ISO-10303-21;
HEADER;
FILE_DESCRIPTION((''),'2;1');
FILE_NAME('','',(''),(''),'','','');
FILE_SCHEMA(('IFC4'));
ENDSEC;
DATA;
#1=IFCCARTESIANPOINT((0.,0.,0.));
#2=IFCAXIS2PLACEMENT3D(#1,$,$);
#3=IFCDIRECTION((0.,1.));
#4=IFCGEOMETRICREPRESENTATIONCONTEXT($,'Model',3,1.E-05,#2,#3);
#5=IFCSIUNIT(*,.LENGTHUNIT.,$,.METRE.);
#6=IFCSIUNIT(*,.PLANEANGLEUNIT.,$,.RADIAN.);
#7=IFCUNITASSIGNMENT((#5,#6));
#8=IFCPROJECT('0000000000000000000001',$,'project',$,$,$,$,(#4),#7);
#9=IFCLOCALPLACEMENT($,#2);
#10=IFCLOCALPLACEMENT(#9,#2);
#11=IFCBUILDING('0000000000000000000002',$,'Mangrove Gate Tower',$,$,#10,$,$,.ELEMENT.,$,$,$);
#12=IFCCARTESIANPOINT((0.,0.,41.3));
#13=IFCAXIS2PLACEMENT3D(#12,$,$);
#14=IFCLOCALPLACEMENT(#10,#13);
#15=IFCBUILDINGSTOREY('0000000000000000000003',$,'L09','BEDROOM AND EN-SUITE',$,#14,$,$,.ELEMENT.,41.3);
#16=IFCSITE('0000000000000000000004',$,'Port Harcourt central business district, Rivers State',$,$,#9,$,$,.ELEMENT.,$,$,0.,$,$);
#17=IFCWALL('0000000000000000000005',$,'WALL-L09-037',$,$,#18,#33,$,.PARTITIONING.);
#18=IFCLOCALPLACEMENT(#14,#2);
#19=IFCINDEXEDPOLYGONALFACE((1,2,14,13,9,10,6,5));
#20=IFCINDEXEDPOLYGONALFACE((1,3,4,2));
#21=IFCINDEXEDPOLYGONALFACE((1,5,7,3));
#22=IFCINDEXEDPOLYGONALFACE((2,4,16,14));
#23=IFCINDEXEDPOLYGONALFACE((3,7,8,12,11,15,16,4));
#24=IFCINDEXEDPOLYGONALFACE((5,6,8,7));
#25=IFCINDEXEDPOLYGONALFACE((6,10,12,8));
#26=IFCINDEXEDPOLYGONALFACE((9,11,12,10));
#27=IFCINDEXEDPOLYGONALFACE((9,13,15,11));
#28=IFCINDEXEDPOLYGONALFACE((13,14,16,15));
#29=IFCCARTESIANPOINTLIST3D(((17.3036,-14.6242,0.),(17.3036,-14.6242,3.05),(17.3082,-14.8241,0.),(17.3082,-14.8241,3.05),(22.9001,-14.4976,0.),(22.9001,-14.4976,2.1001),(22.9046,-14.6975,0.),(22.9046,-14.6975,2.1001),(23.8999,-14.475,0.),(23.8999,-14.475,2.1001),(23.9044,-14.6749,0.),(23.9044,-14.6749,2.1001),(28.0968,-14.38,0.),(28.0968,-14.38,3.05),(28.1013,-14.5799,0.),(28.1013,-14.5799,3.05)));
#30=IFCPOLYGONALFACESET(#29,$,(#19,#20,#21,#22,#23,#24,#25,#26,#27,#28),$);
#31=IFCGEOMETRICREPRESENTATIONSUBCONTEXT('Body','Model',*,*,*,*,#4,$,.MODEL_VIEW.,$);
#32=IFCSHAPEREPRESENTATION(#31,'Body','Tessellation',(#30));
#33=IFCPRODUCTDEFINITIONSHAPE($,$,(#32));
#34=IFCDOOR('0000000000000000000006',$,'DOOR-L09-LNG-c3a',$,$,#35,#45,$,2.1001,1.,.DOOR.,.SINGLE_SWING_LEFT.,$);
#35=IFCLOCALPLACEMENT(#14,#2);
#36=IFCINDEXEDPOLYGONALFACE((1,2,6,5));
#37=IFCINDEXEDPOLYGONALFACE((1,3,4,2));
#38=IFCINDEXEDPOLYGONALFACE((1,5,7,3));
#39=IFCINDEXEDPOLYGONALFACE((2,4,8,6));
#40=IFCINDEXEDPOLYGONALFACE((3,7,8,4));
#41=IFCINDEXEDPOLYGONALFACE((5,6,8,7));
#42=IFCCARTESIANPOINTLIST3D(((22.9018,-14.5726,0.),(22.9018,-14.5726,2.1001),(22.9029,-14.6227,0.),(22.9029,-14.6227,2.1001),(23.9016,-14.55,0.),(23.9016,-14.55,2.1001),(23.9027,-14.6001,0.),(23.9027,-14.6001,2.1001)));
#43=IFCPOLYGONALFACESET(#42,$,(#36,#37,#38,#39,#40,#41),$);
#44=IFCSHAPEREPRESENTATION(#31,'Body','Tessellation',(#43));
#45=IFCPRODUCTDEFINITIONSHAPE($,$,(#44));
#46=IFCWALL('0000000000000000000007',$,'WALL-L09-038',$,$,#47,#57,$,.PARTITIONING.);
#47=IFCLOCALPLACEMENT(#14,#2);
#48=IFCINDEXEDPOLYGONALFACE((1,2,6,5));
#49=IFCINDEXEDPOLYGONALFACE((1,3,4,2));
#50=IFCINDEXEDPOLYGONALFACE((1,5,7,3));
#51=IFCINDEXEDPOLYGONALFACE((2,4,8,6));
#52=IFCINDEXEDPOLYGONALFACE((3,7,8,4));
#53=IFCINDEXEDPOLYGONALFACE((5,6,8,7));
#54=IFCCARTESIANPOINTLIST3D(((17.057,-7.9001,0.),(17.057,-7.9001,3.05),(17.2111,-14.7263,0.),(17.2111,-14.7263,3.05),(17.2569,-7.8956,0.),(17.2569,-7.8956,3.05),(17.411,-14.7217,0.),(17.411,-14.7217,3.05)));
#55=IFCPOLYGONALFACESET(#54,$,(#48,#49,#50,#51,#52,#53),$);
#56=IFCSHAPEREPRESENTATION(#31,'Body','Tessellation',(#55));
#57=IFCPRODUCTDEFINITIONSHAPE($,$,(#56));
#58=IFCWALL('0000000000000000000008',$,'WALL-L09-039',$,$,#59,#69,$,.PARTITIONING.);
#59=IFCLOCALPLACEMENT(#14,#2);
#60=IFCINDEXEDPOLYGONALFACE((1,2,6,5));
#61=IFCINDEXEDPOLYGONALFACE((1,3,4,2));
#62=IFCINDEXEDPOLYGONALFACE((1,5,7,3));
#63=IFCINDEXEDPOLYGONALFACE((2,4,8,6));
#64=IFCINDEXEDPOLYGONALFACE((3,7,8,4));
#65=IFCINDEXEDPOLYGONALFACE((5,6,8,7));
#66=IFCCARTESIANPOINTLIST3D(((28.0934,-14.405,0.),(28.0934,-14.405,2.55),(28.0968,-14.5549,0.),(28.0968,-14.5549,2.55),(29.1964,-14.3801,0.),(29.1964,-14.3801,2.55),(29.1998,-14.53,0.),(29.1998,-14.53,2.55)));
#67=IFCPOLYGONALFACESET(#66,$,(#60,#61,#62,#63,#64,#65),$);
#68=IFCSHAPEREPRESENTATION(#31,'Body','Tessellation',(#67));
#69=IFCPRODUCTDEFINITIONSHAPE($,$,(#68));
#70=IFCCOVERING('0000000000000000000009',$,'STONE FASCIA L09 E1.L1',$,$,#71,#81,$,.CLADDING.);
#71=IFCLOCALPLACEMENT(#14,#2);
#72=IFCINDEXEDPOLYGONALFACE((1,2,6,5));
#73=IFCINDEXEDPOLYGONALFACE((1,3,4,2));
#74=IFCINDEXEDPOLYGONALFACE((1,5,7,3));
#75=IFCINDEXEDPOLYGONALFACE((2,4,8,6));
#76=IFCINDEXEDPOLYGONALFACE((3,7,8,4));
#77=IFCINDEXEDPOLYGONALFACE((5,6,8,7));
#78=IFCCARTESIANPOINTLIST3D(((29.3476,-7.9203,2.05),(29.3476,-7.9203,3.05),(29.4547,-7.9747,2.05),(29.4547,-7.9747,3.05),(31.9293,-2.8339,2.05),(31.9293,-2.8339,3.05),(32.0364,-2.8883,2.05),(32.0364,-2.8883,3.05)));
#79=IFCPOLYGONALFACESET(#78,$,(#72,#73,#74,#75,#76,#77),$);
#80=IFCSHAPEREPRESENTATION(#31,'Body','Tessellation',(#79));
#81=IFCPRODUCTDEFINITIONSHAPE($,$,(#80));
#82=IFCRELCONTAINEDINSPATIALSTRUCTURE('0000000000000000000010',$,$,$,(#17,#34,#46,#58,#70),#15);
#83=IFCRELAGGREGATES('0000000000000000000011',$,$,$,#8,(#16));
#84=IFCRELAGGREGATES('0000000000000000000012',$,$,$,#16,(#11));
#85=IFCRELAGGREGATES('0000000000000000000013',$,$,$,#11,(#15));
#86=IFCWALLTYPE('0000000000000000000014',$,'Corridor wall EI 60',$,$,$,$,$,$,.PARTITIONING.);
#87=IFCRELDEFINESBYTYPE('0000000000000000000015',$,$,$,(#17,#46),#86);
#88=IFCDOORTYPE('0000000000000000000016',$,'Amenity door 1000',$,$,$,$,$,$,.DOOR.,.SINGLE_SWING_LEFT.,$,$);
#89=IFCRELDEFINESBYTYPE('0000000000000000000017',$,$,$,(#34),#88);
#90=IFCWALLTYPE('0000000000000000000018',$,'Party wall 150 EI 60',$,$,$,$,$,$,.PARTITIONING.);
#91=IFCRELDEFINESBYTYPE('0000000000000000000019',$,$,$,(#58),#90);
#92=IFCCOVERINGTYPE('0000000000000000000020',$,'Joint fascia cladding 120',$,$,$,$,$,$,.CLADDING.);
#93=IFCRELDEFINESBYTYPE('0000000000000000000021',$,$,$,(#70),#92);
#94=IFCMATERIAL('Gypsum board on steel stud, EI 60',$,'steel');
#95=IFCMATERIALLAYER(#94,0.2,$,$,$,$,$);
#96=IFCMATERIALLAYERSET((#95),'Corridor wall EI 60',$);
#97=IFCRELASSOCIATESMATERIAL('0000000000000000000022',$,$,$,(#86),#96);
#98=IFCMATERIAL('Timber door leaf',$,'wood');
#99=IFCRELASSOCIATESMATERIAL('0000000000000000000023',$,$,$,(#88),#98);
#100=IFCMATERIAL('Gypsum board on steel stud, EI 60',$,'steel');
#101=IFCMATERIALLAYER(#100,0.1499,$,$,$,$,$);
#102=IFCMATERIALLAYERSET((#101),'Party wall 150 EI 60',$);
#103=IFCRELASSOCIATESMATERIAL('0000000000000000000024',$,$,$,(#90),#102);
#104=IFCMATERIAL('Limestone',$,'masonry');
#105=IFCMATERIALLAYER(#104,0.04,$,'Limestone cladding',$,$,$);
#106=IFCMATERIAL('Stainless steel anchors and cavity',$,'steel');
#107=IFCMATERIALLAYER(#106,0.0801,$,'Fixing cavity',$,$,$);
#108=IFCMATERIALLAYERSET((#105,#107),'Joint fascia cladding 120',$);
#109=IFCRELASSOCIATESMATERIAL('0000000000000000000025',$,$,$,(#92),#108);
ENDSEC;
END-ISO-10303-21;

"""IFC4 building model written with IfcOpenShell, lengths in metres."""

from ifc_helpers import new_model, si_unit, direction, frame, frame_2d, origin, place, context, subcontext, project, spatial, rectangle, extrude, material, layer, layer_set, type_object, element, fill, save


model = new_model("IFC4")

# Units and contexts
model_context = context("Model", 3, precision=1e-05, world=origin(), true_north=direction((0.0, 1.0)))
body_context = subcontext(model_context, "Body", "Model", "MODEL_VIEW")
ifc_project = project(units=[si_unit("LENGTHUNIT", "METRE"), si_unit("PLANEANGLEUNIT", "RADIAN")], contexts=[model_context])

# Site, building, storey
site_placement = place(None, origin())
site = spatial("IfcSite", under=ifc_project, at=site_placement, Name="Port Harcourt central business district, Rivers State", CompositionType="ELEMENT", RefElevation=0.0)
building_placement = place(site_placement, origin())
building = spatial("IfcBuilding", under=site, at=building_placement, Name="Mangrove Gate Tower", CompositionType="ELEMENT")
storey_placement = place(building_placement, frame((0.0, 0.0, 41.3)))
storey = spatial("IfcBuildingStorey", under=building, at=storey_placement, Name="L09", Description="BEDROOM AND EN-SUITE", CompositionType="ELEMENT", Elevation=41.3)

# Shared definitions
ifc_material_1 = material(Name="Gypsum board on steel stud, EI 60", Category="steel")
ifc_layer_1 = layer(ifc_material_1, 0.2)
ifc_layer_set_1 = layer_set([ifc_layer_1], Name="Corridor wall EI 60")
wall_type_1 = type_object("IfcWallType", Name="Corridor wall EI 60", PredefinedType="PARTITIONING", material=ifc_layer_set_1)

# Wall, opening, door
wall_1_placement = place(storey_placement, frame((17.3059, -14.7241, 0.0), z_axis=(0.0, 0.0, 1.0), x_axis=(0.999744, 0.022614, 0.0)))
wall_1 = element("IfcWall", 1, at=wall_1_placement, inside=storey, type_object=wall_type_1, Name="WALL-L09-037", PredefinedType="PARTITIONING", context=body_context, shape_type="SweptSolid", body=[
    extrude(rectangle(XDim=10.7959, YDim=0.2, at=frame_2d((5.3979, 0.0))), origin(), (0.0, 0.0, 1.0), 3.05),
])
opening_placement = place(wall_1_placement, frame((5.5979, 0.0, 0.0)))
opening = element("IfcOpeningElement", 2, at=opening_placement, cuts=wall_1, PredefinedType="OPENING", context=body_context, shape_type="SweptSolid", body=[
    extrude(rectangle(XDim=1.0, YDim=2.1001, at=frame_2d((0.5, 1.05))), frame((0.0, 0.1099, 0.0), z_axis=(0.0, -1.0, 0.0), x_axis=(1.0, 0.0, 0.0)), (0.0, 0.0, 1.0), 0.22),
])
ifc_material_2 = material(Name="Timber door leaf", Category="wood")
door_type = type_object("IfcDoorType", Name="Amenity door 1000", OperationType="SINGLE_SWING_LEFT", PredefinedType="DOOR", material=ifc_material_2)
door_placement = place(opening_placement, origin())
door = element("IfcDoor", 3, at=door_placement, inside=storey, type_object=door_type, Name="DOOR-L09-LNG-c3a", OperationType="SINGLE_SWING_LEFT", OverallHeight=2.1001, OverallWidth=1.0, PredefinedType="DOOR", context=body_context, shape_type="SweptSolid", body=[
    extrude(rectangle(XDim=1.0, YDim=2.1001, at=frame_2d((0.5, 1.05))), frame((0.0, 0.0249, 0.0), z_axis=(0.0, -1.0, 0.0), x_axis=(1.0, 0.0, 0.0)), (0.0, 0.0, 1.0), 0.05),
])
fill(opening, door)

# Walls
wall_2_placement = place(storey_placement, frame((17.311, -14.7241, 0.0), z_axis=(0.0, 0.0, 1.0), x_axis=(-0.022562, 0.999745, 0.0)))
element("IfcWall", 4, at=wall_2_placement, inside=storey, type_object=wall_type_1, Name="WALL-L09-038", PredefinedType="PARTITIONING", context=body_context, shape_type="SweptSolid", body=[
    extrude(rectangle(XDim=6.8279, YDim=0.2, at=frame_2d((3.4141, 0.0))), origin(), (0.0, 0.0, 1.0), 3.05),
])
ifc_material_3 = material(Name="Gypsum board on steel stud, EI 60", Category="steel")
ifc_layer_2 = layer(ifc_material_3, 0.1499)
ifc_layer_set_2 = layer_set([ifc_layer_2], Name="Party wall 150 EI 60")
wall_type_2 = type_object("IfcWallType", Name="Party wall 150 EI 60", PredefinedType="PARTITIONING", material=ifc_layer_set_2)
wall_3_placement = place(storey_placement, frame((28.095, -14.48, 0.0), z_axis=(0.0, 0.0, 1.0), x_axis=(0.999745, 0.022571, 0.0)))
element("IfcWall", 5, at=wall_3_placement, inside=storey, type_object=wall_type_2, Name="WALL-L09-039", PredefinedType="PARTITIONING", context=body_context, shape_type="SweptSolid", body=[
    extrude(rectangle(XDim=1.1033, YDim=0.1499, at=frame_2d((0.5518, 0.0))), origin(), (0.0, 0.0, 1.0), 2.55),
])

# Covering
ifc_material_4 = material(Name="Limestone", Category="masonry")
ifc_layer_3 = layer(ifc_material_4, 0.04, Name="Limestone cladding")
ifc_material_5 = material(Name="Stainless steel anchors and cavity", Category="steel")
ifc_layer_4 = layer(ifc_material_5, 0.0801, Name="Fixing cavity")
ifc_layer_set_3 = layer_set([ifc_layer_3, ifc_layer_4], Name="Joint fascia cladding 120")
covering_type = type_object("IfcCoveringType", Name="Joint fascia cladding 120", PredefinedType="CLADDING", material=ifc_layer_set_3)
covering_placement = place(storey_placement, frame((29.4011, -7.9475, 2.05), z_axis=(0.0, 0.0, 1.0), x_axis=(0.452615, 0.891706, 0.0)))
element("IfcCovering", 6, at=covering_placement, inside=storey, type_object=covering_type, Name="STONE FASCIA L09 E1.L1", PredefinedType="CLADDING", context=body_context, shape_type="SweptSolid", body=[
    extrude(rectangle(XDim=5.7041, YDim=0.1201, at=frame_2d((2.8521, 0.0))), origin(), (0.0, 0.0, 1.0), 1.0),
])

save(model, "model.ifc")
